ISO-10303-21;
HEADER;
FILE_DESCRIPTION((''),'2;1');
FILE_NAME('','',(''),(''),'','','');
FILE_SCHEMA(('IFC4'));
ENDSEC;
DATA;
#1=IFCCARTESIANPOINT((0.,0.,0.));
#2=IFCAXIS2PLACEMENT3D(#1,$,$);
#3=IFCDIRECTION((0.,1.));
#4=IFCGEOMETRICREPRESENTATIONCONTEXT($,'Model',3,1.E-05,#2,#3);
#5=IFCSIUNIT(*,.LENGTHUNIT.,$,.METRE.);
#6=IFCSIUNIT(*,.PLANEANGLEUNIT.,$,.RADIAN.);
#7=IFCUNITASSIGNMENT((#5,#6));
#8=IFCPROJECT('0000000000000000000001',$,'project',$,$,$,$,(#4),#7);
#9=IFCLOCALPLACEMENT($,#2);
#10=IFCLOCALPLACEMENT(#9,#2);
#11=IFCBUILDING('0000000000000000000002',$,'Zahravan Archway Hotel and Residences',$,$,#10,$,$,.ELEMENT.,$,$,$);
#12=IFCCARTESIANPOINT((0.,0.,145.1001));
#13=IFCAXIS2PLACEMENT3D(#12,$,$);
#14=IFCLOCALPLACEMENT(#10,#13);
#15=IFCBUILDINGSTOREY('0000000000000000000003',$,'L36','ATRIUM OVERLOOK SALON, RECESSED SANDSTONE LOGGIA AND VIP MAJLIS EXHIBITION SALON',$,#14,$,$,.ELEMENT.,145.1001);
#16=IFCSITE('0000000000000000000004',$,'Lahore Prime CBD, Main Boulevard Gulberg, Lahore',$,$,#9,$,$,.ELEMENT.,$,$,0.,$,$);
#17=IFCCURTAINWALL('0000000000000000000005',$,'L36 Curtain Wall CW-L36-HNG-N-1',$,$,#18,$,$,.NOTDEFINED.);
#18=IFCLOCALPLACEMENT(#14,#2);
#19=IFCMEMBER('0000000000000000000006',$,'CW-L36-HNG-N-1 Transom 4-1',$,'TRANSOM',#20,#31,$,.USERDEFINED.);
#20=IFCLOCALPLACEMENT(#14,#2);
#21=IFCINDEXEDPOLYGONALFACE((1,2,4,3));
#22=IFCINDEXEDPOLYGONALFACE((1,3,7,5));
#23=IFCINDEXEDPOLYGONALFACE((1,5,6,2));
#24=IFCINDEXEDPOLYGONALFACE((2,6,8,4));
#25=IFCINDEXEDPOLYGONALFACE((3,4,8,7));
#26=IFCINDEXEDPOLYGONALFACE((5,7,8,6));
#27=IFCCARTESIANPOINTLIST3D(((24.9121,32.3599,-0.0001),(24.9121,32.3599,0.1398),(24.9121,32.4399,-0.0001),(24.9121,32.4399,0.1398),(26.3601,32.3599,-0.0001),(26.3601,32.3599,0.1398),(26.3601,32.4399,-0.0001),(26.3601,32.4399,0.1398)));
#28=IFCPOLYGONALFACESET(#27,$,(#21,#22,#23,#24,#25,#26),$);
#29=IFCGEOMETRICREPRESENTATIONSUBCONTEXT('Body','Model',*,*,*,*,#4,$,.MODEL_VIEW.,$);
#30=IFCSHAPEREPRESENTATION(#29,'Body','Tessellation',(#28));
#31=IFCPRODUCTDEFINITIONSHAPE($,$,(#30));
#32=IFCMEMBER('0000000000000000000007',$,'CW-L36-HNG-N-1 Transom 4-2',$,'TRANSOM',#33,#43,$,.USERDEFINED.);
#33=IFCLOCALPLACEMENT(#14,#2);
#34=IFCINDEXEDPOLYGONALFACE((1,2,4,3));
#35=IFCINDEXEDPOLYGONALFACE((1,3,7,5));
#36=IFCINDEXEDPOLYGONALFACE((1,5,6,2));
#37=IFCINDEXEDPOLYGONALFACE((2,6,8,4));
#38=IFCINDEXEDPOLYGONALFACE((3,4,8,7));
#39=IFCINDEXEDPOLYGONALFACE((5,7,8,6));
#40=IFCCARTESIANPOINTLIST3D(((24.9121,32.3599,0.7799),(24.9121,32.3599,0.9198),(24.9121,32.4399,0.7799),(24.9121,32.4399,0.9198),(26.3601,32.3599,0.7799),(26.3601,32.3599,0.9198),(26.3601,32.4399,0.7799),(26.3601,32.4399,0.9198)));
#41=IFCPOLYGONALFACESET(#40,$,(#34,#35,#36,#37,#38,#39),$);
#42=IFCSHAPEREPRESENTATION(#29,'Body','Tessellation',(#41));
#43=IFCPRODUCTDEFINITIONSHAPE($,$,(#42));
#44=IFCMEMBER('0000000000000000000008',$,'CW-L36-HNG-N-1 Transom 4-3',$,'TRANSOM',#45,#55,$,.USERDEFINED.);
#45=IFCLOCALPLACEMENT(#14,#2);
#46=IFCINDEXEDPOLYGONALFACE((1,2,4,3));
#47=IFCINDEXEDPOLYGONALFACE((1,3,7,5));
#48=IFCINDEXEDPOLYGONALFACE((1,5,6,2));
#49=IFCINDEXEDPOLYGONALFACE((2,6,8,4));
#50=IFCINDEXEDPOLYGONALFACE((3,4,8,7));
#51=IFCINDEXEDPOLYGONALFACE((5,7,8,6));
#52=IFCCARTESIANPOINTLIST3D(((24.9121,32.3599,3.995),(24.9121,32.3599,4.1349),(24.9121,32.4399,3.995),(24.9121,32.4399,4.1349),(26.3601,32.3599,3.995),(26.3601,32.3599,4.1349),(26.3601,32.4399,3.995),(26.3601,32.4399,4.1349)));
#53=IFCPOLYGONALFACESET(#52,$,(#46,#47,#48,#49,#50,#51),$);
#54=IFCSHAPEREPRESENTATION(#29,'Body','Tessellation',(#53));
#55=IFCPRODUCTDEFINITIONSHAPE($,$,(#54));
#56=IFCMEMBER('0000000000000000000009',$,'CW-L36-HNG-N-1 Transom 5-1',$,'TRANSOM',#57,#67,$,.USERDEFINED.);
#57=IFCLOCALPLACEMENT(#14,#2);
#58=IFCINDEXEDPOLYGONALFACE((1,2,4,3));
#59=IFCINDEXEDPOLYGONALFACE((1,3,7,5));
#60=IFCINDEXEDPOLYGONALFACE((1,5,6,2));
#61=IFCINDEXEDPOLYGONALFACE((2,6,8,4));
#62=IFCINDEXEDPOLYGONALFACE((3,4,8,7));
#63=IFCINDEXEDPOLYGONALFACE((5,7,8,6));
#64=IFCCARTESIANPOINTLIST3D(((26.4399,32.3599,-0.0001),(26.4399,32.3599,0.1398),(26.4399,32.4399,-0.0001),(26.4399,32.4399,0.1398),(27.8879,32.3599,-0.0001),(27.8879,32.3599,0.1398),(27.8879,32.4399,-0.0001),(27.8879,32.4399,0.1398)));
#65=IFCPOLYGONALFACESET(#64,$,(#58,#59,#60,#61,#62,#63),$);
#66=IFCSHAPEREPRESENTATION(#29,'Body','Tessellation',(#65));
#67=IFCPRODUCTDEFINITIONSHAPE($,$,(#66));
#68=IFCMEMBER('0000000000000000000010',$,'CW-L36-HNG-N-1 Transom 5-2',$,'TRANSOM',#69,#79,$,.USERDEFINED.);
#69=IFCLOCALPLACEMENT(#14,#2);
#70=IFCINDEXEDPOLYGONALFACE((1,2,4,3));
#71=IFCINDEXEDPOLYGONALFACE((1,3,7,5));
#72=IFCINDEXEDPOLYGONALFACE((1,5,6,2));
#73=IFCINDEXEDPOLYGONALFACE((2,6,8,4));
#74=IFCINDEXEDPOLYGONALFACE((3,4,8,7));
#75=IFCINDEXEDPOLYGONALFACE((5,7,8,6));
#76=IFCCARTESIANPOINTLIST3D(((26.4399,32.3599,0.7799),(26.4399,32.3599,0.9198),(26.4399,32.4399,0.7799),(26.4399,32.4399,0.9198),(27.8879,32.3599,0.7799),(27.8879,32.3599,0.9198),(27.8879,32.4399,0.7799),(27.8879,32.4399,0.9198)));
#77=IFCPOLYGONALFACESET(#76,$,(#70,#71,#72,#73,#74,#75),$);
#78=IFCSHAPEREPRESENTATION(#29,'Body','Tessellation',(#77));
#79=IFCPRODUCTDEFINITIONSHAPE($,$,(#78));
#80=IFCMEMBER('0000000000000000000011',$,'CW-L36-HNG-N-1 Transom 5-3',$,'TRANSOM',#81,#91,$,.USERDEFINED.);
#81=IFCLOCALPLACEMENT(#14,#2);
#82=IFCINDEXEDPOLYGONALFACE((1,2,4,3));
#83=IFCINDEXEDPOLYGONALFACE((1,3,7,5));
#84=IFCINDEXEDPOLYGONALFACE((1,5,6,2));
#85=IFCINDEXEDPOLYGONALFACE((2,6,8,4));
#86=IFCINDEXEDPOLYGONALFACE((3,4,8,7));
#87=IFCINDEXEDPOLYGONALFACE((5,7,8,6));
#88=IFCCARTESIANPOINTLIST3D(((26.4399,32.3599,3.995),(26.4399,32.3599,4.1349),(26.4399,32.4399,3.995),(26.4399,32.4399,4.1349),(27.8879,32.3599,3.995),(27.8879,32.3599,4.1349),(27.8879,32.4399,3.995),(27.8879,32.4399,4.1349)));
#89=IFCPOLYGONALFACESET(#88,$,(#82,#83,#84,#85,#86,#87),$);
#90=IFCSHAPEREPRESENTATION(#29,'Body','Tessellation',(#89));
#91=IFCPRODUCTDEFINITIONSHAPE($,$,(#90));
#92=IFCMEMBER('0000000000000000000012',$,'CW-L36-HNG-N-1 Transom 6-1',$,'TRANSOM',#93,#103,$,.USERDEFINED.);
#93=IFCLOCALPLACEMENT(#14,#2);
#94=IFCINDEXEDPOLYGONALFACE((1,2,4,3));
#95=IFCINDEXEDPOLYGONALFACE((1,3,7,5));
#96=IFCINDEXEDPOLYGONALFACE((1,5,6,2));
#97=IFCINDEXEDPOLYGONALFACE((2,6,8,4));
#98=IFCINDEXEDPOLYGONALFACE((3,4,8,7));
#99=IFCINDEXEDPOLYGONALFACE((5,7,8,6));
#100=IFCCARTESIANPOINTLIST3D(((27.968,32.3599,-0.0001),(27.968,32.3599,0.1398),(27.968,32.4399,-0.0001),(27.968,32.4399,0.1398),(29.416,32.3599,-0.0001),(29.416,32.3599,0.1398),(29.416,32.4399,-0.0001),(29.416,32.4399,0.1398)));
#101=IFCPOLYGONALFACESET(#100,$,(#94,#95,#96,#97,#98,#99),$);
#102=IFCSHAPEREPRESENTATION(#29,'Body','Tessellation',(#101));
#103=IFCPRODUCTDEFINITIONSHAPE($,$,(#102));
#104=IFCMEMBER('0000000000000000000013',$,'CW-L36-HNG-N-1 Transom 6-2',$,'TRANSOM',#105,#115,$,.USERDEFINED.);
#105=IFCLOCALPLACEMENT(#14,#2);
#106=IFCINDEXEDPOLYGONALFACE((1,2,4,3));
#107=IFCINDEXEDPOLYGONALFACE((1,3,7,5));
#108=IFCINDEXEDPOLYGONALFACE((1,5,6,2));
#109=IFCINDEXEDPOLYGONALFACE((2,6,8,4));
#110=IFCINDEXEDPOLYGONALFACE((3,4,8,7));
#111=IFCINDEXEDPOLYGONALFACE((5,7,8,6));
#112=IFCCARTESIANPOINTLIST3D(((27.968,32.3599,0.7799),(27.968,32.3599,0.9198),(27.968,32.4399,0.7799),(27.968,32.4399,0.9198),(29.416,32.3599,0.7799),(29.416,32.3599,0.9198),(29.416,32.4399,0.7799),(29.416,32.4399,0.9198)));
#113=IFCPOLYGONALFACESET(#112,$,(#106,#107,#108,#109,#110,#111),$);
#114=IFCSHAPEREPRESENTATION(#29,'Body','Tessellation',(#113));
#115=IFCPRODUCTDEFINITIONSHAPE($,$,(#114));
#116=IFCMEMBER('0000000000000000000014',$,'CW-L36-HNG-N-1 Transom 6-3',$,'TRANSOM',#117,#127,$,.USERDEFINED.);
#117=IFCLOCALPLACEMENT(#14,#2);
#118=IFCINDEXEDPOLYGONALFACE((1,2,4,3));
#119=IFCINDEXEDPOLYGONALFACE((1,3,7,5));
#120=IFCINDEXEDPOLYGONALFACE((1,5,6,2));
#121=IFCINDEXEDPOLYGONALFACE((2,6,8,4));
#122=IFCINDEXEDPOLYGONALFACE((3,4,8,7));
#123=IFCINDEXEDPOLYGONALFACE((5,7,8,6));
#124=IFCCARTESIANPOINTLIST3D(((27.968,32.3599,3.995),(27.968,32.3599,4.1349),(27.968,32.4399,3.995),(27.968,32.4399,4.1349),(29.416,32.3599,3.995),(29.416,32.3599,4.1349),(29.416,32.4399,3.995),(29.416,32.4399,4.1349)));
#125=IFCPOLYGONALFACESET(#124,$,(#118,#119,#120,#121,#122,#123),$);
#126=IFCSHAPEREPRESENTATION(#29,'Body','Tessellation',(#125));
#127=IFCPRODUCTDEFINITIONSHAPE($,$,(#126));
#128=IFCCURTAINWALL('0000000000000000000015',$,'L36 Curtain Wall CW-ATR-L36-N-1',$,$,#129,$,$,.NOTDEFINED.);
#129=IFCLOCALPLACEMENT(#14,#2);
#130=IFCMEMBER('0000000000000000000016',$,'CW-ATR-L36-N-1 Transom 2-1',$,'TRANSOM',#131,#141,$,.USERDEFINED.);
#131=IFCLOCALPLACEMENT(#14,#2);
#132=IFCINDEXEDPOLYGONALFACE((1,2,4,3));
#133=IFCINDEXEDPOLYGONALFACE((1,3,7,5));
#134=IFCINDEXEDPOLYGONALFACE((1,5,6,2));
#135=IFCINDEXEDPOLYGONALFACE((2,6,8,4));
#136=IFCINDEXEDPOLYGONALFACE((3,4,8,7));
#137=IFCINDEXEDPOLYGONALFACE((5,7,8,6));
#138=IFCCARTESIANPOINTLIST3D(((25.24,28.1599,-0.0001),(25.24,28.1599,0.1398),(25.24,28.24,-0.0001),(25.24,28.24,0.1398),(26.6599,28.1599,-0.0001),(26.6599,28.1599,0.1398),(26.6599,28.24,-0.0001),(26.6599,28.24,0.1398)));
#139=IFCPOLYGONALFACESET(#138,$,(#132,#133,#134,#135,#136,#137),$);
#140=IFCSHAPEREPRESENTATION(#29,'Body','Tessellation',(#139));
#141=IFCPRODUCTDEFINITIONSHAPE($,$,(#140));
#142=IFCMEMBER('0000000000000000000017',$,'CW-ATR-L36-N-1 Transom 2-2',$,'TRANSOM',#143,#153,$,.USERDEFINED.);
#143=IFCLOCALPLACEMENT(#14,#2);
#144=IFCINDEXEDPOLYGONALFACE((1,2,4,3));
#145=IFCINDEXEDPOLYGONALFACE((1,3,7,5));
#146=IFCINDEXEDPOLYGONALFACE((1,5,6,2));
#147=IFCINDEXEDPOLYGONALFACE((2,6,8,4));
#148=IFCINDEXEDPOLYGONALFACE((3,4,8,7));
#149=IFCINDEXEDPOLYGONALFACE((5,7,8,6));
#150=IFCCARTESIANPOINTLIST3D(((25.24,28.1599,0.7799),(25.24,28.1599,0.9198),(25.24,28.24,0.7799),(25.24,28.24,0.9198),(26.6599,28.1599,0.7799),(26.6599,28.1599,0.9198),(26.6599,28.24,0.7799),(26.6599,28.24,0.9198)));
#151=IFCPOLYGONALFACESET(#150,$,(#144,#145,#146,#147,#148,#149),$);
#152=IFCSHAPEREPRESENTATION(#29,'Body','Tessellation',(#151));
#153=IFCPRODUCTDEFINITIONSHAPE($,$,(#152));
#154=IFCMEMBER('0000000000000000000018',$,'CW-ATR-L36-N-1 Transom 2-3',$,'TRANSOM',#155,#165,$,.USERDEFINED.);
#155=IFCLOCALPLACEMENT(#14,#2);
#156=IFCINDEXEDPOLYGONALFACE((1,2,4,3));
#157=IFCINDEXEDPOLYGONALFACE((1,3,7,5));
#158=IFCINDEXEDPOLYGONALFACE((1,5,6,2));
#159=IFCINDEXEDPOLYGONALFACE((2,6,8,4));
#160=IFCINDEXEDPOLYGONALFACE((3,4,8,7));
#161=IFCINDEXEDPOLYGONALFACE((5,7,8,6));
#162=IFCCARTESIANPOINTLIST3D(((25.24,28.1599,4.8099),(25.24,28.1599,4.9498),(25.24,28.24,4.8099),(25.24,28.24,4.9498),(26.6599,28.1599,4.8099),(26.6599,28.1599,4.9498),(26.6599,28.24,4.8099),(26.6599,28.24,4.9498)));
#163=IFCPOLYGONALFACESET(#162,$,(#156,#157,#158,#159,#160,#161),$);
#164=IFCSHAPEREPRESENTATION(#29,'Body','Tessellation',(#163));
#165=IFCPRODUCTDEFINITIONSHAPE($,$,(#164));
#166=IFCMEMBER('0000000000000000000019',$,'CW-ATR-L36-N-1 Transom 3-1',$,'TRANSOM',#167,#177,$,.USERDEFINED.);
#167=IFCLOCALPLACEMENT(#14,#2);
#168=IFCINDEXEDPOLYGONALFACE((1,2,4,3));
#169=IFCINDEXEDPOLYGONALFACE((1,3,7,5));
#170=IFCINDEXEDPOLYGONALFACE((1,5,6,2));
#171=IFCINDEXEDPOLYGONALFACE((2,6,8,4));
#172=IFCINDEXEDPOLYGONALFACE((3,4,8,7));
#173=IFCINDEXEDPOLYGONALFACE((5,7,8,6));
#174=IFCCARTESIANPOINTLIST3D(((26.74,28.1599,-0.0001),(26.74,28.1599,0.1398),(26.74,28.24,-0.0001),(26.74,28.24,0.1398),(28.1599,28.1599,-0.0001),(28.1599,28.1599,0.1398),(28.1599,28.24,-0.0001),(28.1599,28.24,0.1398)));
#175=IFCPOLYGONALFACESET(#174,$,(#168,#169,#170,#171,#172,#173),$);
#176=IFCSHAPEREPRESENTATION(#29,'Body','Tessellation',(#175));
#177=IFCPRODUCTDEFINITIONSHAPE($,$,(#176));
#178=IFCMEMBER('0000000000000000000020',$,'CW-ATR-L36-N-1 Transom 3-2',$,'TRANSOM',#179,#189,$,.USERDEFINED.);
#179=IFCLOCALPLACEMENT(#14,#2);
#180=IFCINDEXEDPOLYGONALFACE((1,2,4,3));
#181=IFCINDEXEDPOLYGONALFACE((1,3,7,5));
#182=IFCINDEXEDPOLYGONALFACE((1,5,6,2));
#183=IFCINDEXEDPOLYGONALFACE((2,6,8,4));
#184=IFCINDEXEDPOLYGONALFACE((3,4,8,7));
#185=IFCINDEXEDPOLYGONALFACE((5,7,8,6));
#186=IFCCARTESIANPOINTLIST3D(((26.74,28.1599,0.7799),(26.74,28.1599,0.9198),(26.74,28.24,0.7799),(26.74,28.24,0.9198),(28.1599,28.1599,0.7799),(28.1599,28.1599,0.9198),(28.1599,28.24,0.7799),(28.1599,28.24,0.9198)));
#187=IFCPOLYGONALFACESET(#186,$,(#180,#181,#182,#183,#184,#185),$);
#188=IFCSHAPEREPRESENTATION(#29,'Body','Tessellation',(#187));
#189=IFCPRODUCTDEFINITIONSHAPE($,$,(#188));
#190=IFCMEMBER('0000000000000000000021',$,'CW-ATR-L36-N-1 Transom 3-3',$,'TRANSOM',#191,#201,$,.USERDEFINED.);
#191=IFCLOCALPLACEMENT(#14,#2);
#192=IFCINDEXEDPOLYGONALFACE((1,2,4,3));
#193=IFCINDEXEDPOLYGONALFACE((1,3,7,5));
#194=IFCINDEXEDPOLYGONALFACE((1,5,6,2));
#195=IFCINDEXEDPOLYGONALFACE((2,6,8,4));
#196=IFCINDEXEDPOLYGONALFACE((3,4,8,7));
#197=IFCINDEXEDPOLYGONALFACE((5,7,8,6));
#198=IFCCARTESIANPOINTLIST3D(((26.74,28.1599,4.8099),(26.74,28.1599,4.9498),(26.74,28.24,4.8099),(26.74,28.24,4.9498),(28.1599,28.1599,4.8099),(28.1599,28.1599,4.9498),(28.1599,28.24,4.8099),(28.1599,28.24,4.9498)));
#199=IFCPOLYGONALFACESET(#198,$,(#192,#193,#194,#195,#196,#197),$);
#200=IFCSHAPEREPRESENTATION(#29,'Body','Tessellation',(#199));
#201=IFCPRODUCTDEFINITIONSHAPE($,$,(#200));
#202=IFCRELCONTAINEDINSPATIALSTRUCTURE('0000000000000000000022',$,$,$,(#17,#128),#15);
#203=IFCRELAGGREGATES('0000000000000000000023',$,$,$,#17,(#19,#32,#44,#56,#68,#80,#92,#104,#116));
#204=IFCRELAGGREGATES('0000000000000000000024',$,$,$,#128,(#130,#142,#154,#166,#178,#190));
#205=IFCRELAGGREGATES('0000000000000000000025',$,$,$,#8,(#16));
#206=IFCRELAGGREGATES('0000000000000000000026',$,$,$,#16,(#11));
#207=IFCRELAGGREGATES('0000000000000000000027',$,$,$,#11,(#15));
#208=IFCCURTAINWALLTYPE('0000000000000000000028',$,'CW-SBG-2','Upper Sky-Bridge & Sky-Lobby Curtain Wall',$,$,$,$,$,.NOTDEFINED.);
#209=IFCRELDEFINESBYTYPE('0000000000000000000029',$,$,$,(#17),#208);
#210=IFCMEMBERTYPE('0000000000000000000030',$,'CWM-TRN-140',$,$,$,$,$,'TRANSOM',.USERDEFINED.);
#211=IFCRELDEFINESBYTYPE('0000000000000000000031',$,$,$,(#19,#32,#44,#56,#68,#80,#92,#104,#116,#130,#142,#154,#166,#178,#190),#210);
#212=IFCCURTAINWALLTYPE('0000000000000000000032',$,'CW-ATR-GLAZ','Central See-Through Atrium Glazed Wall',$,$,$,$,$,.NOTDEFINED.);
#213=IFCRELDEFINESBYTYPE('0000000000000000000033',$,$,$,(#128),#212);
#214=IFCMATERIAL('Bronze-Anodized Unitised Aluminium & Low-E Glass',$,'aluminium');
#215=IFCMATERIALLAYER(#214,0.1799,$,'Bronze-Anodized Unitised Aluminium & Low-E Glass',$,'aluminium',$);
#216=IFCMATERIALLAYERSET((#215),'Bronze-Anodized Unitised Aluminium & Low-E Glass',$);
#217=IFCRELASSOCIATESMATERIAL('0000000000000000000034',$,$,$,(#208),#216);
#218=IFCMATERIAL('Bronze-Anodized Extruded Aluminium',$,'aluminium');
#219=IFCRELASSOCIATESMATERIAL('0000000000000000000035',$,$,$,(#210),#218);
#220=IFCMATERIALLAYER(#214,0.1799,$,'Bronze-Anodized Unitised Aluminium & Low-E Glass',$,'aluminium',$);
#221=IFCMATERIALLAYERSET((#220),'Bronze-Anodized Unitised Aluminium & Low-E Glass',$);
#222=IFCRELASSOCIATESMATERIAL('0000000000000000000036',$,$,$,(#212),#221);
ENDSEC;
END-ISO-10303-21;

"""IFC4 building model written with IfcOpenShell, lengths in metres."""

from ifc_helpers import new_model, si_unit, direction, frame, origin, origin_2d, place, context, subcontext, project, spatial, rectangle, extrude, source, transform, mapped, material, layer, layer_set, material_profile, profile_set, type_object, element, aggregate, save


model = new_model("IFC4")

# Units and contexts
model_context = context("Model", 3, precision=1e-05, world=origin(), true_north=direction((0.0, 1.0)))
body_context = subcontext(model_context, "Body", "Model", "MODEL_VIEW")
ifc_project = project(units=[si_unit("LENGTHUNIT", "METRE"), si_unit("PLANEANGLEUNIT", "RADIAN")], contexts=[model_context])

# Site, building, storey
site_placement = place(None, origin())
site = spatial("IfcSite", under=ifc_project, at=site_placement, Name="Lahore Prime CBD, Main Boulevard Gulberg, Lahore", CompositionType="ELEMENT", RefElevation=0.0)
building_placement = place(site_placement, origin())
building = spatial("IfcBuilding", under=site, at=building_placement, Name="Zahravan Archway Hotel and Residences", CompositionType="ELEMENT")
storey_placement = place(building_placement, frame((0.0, 0.0, 145.1001)))
storey = spatial("IfcBuildingStorey", under=building, at=storey_placement, Name="L36", Description="ATRIUM OVERLOOK SALON, RECESSED SANDSTONE LOGGIA AND VIP MAJLIS EXHIBITION SALON", CompositionType="ELEMENT", Elevation=145.1001)

# Curtain walls, members
ifc_material_1 = material(Name="Bronze-Anodized Unitised Aluminium & Low-E Glass", Category="aluminium")
ifc_layer_1 = layer(ifc_material_1, 0.1799, Name="Bronze-Anodized Unitised Aluminium & Low-E Glass", Category="aluminium")
ifc_layer_set_1 = layer_set([ifc_layer_1], Name="Bronze-Anodized Unitised Aluminium & Low-E Glass")
curtain_wall_type_1 = type_object("IfcCurtainWallType", Name="CW-SBG-2", Description="Upper Sky-Bridge & Sky-Lobby Curtain Wall", PredefinedType="NOTDEFINED", material=ifc_layer_set_1)
curtain_wall_1_placement = place(storey_placement, origin())
curtain_wall_1 = element("IfcCurtainWall", 1, at=curtain_wall_1_placement, inside=storey, type_object=curtain_wall_type_1, Name="L36 Curtain Wall CW-L36-HNG-N-1", PredefinedType="NOTDEFINED")
ifc_material_2 = material(Name="Bronze-Anodized Extruded Aluminium", Category="aluminium")
ifc_material_profile_1 = material_profile(ifc_material_2, rectangle(XDim=0.0801, YDim=0.1399, at=origin_2d()), Name="TRN 80x140", Category="aluminium")
ifc_profile_set_1 = profile_set([ifc_material_profile_1], Name="Bronze-Anodized Extruded Aluminium")
member_type_1 = type_object("IfcMemberType", Name="CWM-TRN-140", ElementType="TRANSOM", PredefinedType="USERDEFINED", material=ifc_profile_set_1)
shared_shape_1 = source(origin(), body_context, "Body", "SweptSolid", [
    extrude(rectangle(XDim=0.0801, YDim=0.1399, at=origin_2d()), origin(), (0.0, 0.0, 1.0), 1.448),
])
member_1_placement = place(storey_placement, frame((24.9121, 32.3999, 0.0698), z_axis=(1.0, 0.0, 0.0), x_axis=(0.0, 1.0, 0.0)))
member_1 = element("IfcMember", 2, at=member_1_placement, type_object=member_type_1, Name="CW-L36-HNG-N-1 Transom 4-1", ObjectType="TRANSOM", PredefinedType="USERDEFINED", context=body_context, shape_type="MappedRepresentation", body=[
    mapped(shared_shape_1, transform((0.0, 0.0, 0.0), scale=1.0)),
])
member_2_placement = place(storey_placement, frame((24.9121, 32.3999, 0.8499), z_axis=(1.0, 0.0, 0.0), x_axis=(0.0, 1.0, 0.0)))
member_2 = element("IfcMember", 3, at=member_2_placement, type_object=member_type_1, Name="CW-L36-HNG-N-1 Transom 4-2", ObjectType="TRANSOM", PredefinedType="USERDEFINED", context=body_context, shape_type="MappedRepresentation", body=[
    mapped(shared_shape_1, transform((0.0, 0.0, 0.0), scale=1.0)),
])
member_3_placement = place(storey_placement, frame((24.9121, 32.3999, 4.0649), z_axis=(1.0, 0.0, 0.0), x_axis=(0.0, 1.0, 0.0)))
member_3 = element("IfcMember", 4, at=member_3_placement, type_object=member_type_1, Name="CW-L36-HNG-N-1 Transom 4-3", ObjectType="TRANSOM", PredefinedType="USERDEFINED", context=body_context, shape_type="MappedRepresentation", body=[
    mapped(shared_shape_1, transform((0.0, 0.0, 0.0), scale=1.0)),
])
member_4_placement = place(storey_placement, frame((26.4399, 32.3999, 0.0698), z_axis=(1.0, 0.0, 0.0), x_axis=(0.0, 1.0, 0.0)))
member_4 = element("IfcMember", 5, at=member_4_placement, type_object=member_type_1, Name="CW-L36-HNG-N-1 Transom 5-1", ObjectType="TRANSOM", PredefinedType="USERDEFINED", context=body_context, shape_type="MappedRepresentation", body=[
    mapped(shared_shape_1, transform((0.0, 0.0, 0.0), scale=1.0)),
])
member_5_placement = place(storey_placement, frame((26.4399, 32.3999, 0.8499), z_axis=(1.0, 0.0, 0.0), x_axis=(0.0, 1.0, 0.0)))
member_5 = element("IfcMember", 6, at=member_5_placement, type_object=member_type_1, Name="CW-L36-HNG-N-1 Transom 5-2", ObjectType="TRANSOM", PredefinedType="USERDEFINED", context=body_context, shape_type="MappedRepresentation", body=[
    mapped(shared_shape_1, transform((0.0, 0.0, 0.0), scale=1.0)),
])
member_6_placement = place(storey_placement, frame((26.4399, 32.3999, 4.0649), z_axis=(1.0, 0.0, 0.0), x_axis=(0.0, 1.0, 0.0)))
member_6 = element("IfcMember", 7, at=member_6_placement, type_object=member_type_1, Name="CW-L36-HNG-N-1 Transom 5-3", ObjectType="TRANSOM", PredefinedType="USERDEFINED", context=body_context, shape_type="MappedRepresentation", body=[
    mapped(shared_shape_1, transform((0.0, 0.0, 0.0), scale=1.0)),
])
member_7_placement = place(storey_placement, frame((27.968, 32.3999, 0.0698), z_axis=(1.0, 0.0, 0.0), x_axis=(0.0, 1.0, 0.0)))
member_7 = element("IfcMember", 8, at=member_7_placement, type_object=member_type_1, Name="CW-L36-HNG-N-1 Transom 6-1", ObjectType="TRANSOM", PredefinedType="USERDEFINED", context=body_context, shape_type="MappedRepresentation", body=[
    mapped(shared_shape_1, transform((0.0, 0.0, 0.0), scale=1.0)),
])
member_8_placement = place(storey_placement, frame((27.968, 32.3999, 0.8499), z_axis=(1.0, 0.0, 0.0), x_axis=(0.0, 1.0, 0.0)))
member_8 = element("IfcMember", 9, at=member_8_placement, type_object=member_type_1, Name="CW-L36-HNG-N-1 Transom 6-2", ObjectType="TRANSOM", PredefinedType="USERDEFINED", context=body_context, shape_type="MappedRepresentation", body=[
    mapped(shared_shape_1, transform((0.0, 0.0, 0.0), scale=1.0)),
])
member_9_placement = place(storey_placement, frame((27.968, 32.3999, 4.0649), z_axis=(1.0, 0.0, 0.0), x_axis=(0.0, 1.0, 0.0)))
member_9 = element("IfcMember", 10, at=member_9_placement, type_object=member_type_1, Name="CW-L36-HNG-N-1 Transom 6-3", ObjectType="TRANSOM", PredefinedType="USERDEFINED", context=body_context, shape_type="MappedRepresentation", body=[
    mapped(shared_shape_1, transform((0.0, 0.0, 0.0), scale=1.0)),
])
ifc_layer_2 = layer(ifc_material_1, 0.1799, Name="Bronze-Anodized Unitised Aluminium & Low-E Glass", Category="aluminium")
ifc_layer_set_2 = layer_set([ifc_layer_2], Name="Bronze-Anodized Unitised Aluminium & Low-E Glass")
curtain_wall_type_2 = type_object("IfcCurtainWallType", Name="CW-ATR-GLAZ", Description="Central See-Through Atrium Glazed Wall", PredefinedType="NOTDEFINED", material=ifc_layer_set_2)
curtain_wall_2_placement = place(storey_placement, origin())
curtain_wall_2 = element("IfcCurtainWall", 11, at=curtain_wall_2_placement, inside=storey, type_object=curtain_wall_type_2, Name="L36 Curtain Wall CW-ATR-L36-N-1", PredefinedType="NOTDEFINED")
shared_shape_2 = source(origin(), body_context, "Body", "SweptSolid", [
    extrude(rectangle(XDim=0.0801, YDim=0.1399, at=origin_2d()), origin(), (0.0, 0.0, 1.0), 1.4199),
])
member_10_placement = place(storey_placement, frame((25.24, 28.2, 0.0698), z_axis=(1.0, 0.0, 0.0), x_axis=(0.0, 1.0, 0.0)))
member_10 = element("IfcMember", 12, at=member_10_placement, type_object=member_type_1, Name="CW-ATR-L36-N-1 Transom 2-1", ObjectType="TRANSOM", PredefinedType="USERDEFINED", context=body_context, shape_type="MappedRepresentation", body=[
    mapped(shared_shape_2, transform((0.0, 0.0, 0.0), scale=1.0)),
])
member_11_placement = place(storey_placement, frame((25.24, 28.2, 0.8499), z_axis=(1.0, 0.0, 0.0), x_axis=(0.0, 1.0, 0.0)))
member_11 = element("IfcMember", 13, at=member_11_placement, type_object=member_type_1, Name="CW-ATR-L36-N-1 Transom 2-2", ObjectType="TRANSOM", PredefinedType="USERDEFINED", context=body_context, shape_type="MappedRepresentation", body=[
    mapped(shared_shape_2, transform((0.0, 0.0, 0.0), scale=1.0)),
])
member_12_placement = place(storey_placement, frame((25.24, 28.2, 4.8799), z_axis=(1.0, 0.0, 0.0), x_axis=(0.0, 1.0, 0.0)))
member_12 = element("IfcMember", 14, at=member_12_placement, type_object=member_type_1, Name="CW-ATR-L36-N-1 Transom 2-3", ObjectType="TRANSOM", PredefinedType="USERDEFINED", context=body_context, shape_type="MappedRepresentation", body=[
    mapped(shared_shape_2, transform((0.0, 0.0, 0.0), scale=1.0)),
])
member_13_placement = place(storey_placement, frame((26.74, 28.2, 0.0698), z_axis=(1.0, 0.0, 0.0), x_axis=(0.0, 1.0, 0.0)))
member_13 = element("IfcMember", 15, at=member_13_placement, type_object=member_type_1, Name="CW-ATR-L36-N-1 Transom 3-1", ObjectType="TRANSOM", PredefinedType="USERDEFINED", context=body_context, shape_type="MappedRepresentation", body=[
    mapped(shared_shape_2, transform((0.0, 0.0, 0.0), scale=1.0)),
])
member_14_placement = place(storey_placement, frame((26.74, 28.2, 0.8499), z_axis=(1.0, 0.0, 0.0), x_axis=(0.0, 1.0, 0.0)))
member_14 = element("IfcMember", 16, at=member_14_placement, type_object=member_type_1, Name="CW-ATR-L36-N-1 Transom 3-2", ObjectType="TRANSOM", PredefinedType="USERDEFINED", context=body_context, shape_type="MappedRepresentation", body=[
    mapped(shared_shape_2, transform((0.0, 0.0, 0.0), scale=1.0)),
])
member_15_placement = place(storey_placement, frame((26.74, 28.2, 4.8799), z_axis=(1.0, 0.0, 0.0), x_axis=(0.0, 1.0, 0.0)))
member_15 = element("IfcMember", 17, at=member_15_placement, type_object=member_type_1, Name="CW-ATR-L36-N-1 Transom 3-3", ObjectType="TRANSOM", PredefinedType="USERDEFINED", context=body_context, shape_type="MappedRepresentation", body=[
    mapped(shared_shape_2, transform((0.0, 0.0, 0.0), scale=1.0)),
])

aggregate(curtain_wall_1, [member_1, member_2, member_3, member_4, member_5, member_6, member_7, member_8, member_9])
aggregate(curtain_wall_2, [member_10, member_11, member_12, member_13, member_14, member_15])

save(model, "model.ifc")
